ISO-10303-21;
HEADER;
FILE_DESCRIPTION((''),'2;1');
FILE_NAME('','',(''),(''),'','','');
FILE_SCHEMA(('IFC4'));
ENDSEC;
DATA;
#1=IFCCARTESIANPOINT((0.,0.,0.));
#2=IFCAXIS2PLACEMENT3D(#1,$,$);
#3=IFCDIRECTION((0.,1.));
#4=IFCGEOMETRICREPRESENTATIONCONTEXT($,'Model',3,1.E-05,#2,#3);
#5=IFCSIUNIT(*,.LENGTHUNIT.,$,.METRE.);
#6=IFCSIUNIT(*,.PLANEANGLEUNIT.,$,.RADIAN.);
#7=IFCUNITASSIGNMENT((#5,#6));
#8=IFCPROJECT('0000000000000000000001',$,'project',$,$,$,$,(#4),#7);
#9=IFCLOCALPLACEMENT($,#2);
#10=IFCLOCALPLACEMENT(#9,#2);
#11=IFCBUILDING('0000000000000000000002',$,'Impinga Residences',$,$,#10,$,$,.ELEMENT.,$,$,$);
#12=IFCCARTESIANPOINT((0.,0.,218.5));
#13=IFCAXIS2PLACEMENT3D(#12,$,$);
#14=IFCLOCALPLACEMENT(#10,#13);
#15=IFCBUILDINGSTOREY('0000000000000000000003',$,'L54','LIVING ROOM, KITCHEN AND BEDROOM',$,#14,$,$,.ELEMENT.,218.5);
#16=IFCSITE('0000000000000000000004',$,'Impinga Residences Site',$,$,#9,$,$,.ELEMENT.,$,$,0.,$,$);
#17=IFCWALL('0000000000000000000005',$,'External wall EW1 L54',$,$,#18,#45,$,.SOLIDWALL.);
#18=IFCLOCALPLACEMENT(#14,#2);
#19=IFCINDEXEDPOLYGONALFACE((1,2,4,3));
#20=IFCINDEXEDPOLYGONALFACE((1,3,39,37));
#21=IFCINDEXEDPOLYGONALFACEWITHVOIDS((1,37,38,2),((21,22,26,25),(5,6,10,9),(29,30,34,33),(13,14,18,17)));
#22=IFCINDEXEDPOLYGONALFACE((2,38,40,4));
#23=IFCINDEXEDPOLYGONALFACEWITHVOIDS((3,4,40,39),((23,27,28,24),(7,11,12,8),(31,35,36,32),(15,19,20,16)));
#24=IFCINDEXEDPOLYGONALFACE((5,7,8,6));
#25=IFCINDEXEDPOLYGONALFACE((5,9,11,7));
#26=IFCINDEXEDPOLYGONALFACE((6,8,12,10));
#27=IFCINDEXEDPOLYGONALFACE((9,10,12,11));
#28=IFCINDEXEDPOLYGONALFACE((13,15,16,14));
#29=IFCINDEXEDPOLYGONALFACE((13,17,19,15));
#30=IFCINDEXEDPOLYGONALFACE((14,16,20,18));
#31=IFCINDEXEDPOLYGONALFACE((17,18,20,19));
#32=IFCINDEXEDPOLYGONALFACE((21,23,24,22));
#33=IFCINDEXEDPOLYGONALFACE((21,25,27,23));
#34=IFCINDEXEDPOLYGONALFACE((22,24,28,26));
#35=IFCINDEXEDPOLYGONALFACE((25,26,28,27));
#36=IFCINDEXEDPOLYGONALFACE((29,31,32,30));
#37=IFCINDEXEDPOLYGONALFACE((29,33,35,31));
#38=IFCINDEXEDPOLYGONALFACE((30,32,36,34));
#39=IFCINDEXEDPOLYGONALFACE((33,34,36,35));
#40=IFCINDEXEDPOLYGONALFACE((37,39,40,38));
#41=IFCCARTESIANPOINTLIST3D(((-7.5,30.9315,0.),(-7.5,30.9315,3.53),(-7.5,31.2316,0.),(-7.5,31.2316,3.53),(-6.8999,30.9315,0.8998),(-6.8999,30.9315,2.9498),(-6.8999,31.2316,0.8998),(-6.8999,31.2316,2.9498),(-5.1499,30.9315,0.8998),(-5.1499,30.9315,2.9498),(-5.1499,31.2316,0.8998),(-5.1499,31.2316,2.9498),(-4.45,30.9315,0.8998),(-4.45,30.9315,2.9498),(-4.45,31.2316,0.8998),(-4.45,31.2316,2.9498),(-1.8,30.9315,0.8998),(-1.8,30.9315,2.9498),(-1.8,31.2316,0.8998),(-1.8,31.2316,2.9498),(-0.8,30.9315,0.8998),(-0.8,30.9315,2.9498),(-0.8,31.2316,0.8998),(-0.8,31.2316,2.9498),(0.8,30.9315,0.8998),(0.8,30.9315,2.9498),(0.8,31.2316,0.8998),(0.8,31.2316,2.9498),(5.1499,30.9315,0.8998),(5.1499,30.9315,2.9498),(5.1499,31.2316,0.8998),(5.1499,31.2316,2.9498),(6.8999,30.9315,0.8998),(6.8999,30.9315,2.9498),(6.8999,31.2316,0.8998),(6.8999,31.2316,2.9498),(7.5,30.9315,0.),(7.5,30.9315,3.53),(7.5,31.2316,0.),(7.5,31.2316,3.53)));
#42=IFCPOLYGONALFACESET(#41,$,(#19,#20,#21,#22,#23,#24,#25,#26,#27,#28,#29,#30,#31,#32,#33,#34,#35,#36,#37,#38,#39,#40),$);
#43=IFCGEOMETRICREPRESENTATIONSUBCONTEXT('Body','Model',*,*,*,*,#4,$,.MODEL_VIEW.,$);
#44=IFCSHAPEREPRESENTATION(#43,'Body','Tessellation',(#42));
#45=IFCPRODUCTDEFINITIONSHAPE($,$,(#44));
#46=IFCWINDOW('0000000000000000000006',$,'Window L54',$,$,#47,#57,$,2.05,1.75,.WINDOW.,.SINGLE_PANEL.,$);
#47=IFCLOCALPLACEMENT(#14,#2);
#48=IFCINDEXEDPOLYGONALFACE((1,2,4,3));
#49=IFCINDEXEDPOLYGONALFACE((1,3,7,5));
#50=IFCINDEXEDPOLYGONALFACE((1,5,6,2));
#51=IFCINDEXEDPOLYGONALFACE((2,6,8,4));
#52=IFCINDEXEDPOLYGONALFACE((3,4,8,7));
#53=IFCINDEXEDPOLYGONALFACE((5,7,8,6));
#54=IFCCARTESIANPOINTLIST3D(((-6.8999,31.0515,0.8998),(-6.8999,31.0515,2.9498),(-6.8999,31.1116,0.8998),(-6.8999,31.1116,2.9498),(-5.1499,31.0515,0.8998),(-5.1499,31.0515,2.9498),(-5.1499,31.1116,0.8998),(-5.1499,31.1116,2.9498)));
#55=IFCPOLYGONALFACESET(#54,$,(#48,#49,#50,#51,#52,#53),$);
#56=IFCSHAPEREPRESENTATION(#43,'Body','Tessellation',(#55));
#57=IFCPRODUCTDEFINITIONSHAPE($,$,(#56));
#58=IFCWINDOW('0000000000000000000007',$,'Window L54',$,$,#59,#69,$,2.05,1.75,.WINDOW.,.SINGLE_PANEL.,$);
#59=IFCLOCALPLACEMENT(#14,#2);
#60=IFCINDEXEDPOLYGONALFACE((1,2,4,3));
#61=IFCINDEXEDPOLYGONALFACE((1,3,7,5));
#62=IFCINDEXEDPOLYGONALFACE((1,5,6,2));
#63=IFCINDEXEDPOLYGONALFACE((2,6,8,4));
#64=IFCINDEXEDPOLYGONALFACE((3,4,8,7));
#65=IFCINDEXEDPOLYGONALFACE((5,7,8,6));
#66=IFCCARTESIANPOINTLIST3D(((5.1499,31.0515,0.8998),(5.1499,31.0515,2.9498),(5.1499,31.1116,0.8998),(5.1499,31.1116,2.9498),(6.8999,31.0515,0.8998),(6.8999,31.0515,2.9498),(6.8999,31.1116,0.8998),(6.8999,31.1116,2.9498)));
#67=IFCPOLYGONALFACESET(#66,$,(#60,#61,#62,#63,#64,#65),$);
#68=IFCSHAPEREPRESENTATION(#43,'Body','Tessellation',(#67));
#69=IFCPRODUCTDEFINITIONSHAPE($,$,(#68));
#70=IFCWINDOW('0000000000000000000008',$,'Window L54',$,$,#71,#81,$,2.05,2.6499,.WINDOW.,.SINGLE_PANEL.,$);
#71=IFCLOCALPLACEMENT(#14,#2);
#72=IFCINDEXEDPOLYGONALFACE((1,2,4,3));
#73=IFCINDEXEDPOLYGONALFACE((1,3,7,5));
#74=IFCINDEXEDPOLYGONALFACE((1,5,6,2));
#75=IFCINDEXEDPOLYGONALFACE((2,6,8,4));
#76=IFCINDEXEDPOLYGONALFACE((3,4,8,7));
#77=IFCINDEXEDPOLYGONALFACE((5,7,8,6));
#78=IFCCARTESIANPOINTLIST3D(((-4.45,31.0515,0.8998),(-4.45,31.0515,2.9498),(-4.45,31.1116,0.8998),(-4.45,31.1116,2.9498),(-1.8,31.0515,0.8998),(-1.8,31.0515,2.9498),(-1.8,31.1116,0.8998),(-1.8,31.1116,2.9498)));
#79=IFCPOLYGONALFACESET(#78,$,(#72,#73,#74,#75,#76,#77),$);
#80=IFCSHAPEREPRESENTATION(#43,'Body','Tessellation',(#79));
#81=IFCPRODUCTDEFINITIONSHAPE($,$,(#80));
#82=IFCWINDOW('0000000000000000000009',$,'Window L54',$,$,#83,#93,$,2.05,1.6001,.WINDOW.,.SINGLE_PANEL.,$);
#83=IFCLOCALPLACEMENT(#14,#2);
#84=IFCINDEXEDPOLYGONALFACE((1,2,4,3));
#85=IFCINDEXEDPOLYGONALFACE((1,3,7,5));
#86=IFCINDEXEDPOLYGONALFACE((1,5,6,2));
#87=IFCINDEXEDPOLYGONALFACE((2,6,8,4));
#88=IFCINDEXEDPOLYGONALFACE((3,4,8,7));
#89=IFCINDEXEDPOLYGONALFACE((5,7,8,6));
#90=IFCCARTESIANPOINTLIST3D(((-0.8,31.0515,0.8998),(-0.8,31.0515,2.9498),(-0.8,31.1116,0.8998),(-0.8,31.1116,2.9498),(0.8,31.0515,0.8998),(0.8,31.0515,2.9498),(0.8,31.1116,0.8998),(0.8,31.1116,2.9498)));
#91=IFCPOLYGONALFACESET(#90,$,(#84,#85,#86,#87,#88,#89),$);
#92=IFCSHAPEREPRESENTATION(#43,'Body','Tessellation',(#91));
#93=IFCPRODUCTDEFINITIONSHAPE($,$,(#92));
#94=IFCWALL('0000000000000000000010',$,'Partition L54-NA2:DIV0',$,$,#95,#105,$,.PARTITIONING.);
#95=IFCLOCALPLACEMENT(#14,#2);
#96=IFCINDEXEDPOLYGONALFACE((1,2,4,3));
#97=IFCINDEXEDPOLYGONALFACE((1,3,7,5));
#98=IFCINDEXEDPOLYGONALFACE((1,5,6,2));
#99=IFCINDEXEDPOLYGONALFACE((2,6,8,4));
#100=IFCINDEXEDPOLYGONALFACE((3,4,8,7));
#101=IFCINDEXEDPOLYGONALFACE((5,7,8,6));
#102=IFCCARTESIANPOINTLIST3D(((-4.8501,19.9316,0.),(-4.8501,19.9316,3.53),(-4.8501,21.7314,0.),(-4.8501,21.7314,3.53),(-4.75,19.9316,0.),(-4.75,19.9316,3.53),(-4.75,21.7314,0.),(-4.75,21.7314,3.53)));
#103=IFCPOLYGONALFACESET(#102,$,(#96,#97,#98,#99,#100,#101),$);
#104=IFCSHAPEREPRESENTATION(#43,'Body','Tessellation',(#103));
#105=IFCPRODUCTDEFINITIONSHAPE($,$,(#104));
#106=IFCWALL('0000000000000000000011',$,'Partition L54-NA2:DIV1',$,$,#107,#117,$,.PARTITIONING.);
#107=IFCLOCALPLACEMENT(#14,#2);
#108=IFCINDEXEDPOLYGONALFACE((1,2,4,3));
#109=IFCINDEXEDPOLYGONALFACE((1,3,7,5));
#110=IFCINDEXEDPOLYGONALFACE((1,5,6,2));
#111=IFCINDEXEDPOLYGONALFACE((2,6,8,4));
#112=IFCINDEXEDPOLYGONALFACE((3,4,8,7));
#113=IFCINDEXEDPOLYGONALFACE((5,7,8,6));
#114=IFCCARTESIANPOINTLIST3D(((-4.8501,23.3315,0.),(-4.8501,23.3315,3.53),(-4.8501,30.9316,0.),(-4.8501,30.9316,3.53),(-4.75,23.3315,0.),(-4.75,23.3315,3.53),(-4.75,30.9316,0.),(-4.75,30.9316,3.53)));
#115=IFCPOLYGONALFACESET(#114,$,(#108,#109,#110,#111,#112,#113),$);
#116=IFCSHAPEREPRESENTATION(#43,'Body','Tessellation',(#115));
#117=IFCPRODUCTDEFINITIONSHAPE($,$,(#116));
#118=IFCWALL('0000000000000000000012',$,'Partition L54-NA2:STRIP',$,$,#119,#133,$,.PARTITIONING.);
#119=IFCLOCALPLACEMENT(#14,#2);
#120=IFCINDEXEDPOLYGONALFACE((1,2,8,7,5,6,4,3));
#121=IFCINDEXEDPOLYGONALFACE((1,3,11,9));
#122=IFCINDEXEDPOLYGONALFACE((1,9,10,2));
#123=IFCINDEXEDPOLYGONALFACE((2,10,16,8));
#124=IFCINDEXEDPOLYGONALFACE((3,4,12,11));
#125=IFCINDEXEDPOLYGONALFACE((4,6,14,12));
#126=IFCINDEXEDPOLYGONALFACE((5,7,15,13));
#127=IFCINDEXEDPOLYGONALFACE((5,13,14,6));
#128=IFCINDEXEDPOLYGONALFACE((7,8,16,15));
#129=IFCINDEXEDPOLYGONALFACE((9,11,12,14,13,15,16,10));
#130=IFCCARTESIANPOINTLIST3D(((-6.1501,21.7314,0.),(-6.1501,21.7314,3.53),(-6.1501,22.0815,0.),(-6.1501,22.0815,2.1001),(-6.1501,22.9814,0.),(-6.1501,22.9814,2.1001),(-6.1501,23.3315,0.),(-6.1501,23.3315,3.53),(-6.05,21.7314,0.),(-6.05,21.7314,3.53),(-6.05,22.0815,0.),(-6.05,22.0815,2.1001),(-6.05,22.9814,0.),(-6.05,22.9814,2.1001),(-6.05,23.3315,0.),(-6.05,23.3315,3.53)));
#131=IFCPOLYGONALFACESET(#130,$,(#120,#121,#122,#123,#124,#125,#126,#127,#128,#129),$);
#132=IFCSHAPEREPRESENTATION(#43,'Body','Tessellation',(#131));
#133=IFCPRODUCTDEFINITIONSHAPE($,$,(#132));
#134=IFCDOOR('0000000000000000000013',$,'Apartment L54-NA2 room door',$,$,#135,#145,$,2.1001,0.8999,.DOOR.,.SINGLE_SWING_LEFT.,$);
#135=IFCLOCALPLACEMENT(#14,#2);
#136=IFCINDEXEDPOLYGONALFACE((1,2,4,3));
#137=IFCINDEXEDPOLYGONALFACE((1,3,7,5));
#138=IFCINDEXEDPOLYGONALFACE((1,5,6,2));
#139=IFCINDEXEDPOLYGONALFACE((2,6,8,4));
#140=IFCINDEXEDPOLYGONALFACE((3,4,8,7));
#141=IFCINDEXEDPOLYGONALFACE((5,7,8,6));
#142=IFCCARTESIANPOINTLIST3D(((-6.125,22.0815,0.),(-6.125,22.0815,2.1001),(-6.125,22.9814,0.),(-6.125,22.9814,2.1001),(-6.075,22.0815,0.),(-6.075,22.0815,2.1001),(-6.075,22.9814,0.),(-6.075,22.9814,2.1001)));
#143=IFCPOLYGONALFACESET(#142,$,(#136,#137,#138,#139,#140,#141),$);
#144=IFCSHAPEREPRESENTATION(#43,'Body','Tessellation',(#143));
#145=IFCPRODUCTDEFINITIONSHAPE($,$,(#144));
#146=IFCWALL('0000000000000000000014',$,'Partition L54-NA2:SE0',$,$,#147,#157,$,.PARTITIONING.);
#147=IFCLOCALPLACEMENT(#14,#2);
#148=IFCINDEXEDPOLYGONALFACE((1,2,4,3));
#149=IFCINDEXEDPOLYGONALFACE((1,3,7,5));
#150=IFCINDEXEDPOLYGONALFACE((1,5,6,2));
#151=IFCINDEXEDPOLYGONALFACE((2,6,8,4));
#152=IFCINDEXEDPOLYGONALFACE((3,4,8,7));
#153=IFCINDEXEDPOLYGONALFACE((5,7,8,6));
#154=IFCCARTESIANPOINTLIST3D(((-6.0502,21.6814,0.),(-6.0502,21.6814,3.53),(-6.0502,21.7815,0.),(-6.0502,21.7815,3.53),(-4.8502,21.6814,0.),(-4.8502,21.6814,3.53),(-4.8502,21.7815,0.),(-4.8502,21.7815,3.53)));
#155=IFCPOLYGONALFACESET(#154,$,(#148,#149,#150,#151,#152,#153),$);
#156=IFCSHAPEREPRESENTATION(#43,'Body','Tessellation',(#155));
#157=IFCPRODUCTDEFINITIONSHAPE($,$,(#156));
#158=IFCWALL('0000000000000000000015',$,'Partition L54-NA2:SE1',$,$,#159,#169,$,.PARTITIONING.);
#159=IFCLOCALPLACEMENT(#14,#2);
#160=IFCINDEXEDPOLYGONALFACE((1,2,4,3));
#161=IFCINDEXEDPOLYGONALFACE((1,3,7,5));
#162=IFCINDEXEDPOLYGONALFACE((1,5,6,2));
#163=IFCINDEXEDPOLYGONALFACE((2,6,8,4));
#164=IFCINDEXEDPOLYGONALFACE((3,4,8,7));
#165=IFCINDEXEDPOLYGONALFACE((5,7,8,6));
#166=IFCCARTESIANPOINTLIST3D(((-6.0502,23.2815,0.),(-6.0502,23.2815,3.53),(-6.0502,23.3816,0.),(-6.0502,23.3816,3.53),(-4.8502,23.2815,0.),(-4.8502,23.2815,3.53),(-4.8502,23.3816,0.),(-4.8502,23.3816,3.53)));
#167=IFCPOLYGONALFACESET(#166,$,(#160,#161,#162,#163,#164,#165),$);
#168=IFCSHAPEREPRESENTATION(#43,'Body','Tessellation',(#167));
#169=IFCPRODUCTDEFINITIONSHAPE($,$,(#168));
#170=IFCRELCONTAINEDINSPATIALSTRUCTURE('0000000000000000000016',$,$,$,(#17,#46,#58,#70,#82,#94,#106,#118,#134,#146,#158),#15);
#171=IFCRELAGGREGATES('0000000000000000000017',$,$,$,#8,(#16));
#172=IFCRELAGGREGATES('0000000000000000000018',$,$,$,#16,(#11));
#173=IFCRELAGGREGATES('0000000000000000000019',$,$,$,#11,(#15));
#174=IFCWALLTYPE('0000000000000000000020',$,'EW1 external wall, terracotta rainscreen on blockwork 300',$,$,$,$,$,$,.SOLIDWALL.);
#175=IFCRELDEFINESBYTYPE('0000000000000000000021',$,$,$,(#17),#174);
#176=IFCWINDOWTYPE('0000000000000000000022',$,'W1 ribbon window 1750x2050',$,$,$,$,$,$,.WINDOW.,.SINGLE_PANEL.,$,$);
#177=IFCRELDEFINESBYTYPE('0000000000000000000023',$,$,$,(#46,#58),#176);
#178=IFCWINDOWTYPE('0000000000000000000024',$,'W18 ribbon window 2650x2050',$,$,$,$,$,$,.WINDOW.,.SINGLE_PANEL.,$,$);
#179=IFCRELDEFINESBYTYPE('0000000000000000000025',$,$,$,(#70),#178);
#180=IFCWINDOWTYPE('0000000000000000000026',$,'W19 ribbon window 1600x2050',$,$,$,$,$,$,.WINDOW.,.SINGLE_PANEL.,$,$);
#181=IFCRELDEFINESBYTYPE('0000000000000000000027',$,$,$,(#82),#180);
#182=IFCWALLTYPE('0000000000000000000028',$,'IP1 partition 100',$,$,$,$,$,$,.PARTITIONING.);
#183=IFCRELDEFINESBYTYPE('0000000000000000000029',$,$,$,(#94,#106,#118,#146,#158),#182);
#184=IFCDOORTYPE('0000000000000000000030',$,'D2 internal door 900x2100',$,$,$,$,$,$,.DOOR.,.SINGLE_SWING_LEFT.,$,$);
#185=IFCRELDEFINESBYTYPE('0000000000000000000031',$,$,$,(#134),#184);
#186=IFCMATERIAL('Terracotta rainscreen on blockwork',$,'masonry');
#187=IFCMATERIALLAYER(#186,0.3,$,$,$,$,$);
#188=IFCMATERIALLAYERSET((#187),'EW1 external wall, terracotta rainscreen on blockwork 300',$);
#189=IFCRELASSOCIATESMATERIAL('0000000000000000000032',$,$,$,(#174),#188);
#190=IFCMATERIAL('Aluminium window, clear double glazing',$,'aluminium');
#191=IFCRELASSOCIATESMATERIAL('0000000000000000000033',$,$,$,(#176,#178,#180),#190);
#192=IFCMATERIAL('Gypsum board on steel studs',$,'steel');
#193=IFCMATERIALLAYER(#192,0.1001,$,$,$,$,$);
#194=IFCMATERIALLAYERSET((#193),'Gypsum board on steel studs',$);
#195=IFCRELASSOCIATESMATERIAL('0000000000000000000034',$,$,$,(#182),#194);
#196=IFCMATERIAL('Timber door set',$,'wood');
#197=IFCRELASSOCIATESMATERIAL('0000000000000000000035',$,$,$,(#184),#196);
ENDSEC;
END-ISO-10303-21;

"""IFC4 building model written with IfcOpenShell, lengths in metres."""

from ifc_helpers import new_model, si_unit, direction, frame, frame_2d, origin, place, context, subcontext, project, spatial, rectangle, extrude, material, layer, layer_set, type_object, element, fill, save


model = new_model("IFC4")

# Units and contexts
model_context = context("Model", 3, precision=1e-05, world=origin(), true_north=direction((0.0, 1.0)))
body_context = subcontext(model_context, "Body", "Model", "MODEL_VIEW")
ifc_project = project(units=[si_unit("LENGTHUNIT", "METRE"), si_unit("PLANEANGLEUNIT", "RADIAN")], contexts=[model_context])

# Site, building, storey
site_placement = place(None, origin())
site = spatial("IfcSite", under=ifc_project, at=site_placement, Name="Impinga Residences Site", CompositionType="ELEMENT", RefElevation=0.0)
building_placement = place(site_placement, origin())
building = spatial("IfcBuilding", under=site, at=building_placement, Name="Impinga Residences", CompositionType="ELEMENT")
storey_placement = place(building_placement, frame((0.0, 0.0, 218.5)))
storey = spatial("IfcBuildingStorey", under=building, at=storey_placement, Name="L54", Description="LIVING ROOM, KITCHEN AND BEDROOM", CompositionType="ELEMENT", Elevation=218.5)

# Shared definitions
ifc_material_1 = material(Name="Timber door set", Category="wood")

# Shared definitions
ifc_material_2 = material(Name="Terracotta rainscreen on blockwork", Category="masonry")
ifc_layer_1 = layer(ifc_material_2, 0.3)
ifc_layer_set_1 = layer_set([ifc_layer_1], Name="EW1 external wall, terracotta rainscreen on blockwork 300")
wall_type_1 = type_object("IfcWallType", Name="EW1 external wall, terracotta rainscreen on blockwork 300", PredefinedType="SOLIDWALL", material=ifc_layer_set_1)

# Wall, openings, windows
wall_1_placement = place(storey_placement, frame((-7.5, 31.0815, 0.0), z_axis=(0.0, 0.0, 1.0), x_axis=(1.0, 0.0, 0.0)))
wall_1 = element("IfcWall", 1, at=wall_1_placement, inside=storey, type_object=wall_type_1, Name="External wall EW1 L54", PredefinedType="SOLIDWALL", context=body_context, shape_type="SweptSolid", body=[
    extrude(rectangle(XDim=15.0, YDim=0.3, at=frame_2d((7.5, 0.0))), origin(), (0.0, 0.0, 1.0), 3.53),
])
opening_1_placement = place(wall_1_placement, frame((0.6001, 0.0, 0.8999)))
opening_1 = element("IfcOpeningElement", 2, at=opening_1_placement, cuts=wall_1, PredefinedType="OPENING", context=body_context, shape_type="SweptSolid", body=[
    extrude(rectangle(XDim=1.75, YDim=2.05, at=frame_2d((0.875, 1.0249))), frame((0.0, 0.1599, 0.0), z_axis=(0.0, -1.0, 0.0), x_axis=(1.0, 0.0, 0.0)), (0.0, 0.0, 1.0), 0.3201),
])
opening_2_placement = place(wall_1_placement, frame((3.05, 0.0, 0.8999)))
opening_2 = element("IfcOpeningElement", 3, at=opening_2_placement, cuts=wall_1, PredefinedType="OPENING", context=body_context, shape_type="SweptSolid", body=[
    extrude(rectangle(XDim=2.6499, YDim=2.05, at=frame_2d((1.325, 1.0249))), frame((0.0, 0.1599, 0.0), z_axis=(0.0, -1.0, 0.0), x_axis=(1.0, 0.0, 0.0)), (0.0, 0.0, 1.0), 0.3201),
])
opening_3_placement = place(wall_1_placement, frame((6.7, 0.0, 0.8999)))
opening_3 = element("IfcOpeningElement", 4, at=opening_3_placement, cuts=wall_1, PredefinedType="OPENING", context=body_context, shape_type="SweptSolid", body=[
    extrude(rectangle(XDim=1.6001, YDim=2.05, at=frame_2d((0.8, 1.0249))), frame((0.0, 0.1599, 0.0), z_axis=(0.0, -1.0, 0.0), x_axis=(1.0, 0.0, 0.0)), (0.0, 0.0, 1.0), 0.3201),
])
opening_4_placement = place(wall_1_placement, frame((12.6499, 0.0, 0.8999)))
opening_4 = element("IfcOpeningElement", 5, at=opening_4_placement, cuts=wall_1, PredefinedType="OPENING", context=body_context, shape_type="SweptSolid", body=[
    extrude(rectangle(XDim=1.75, YDim=2.05, at=frame_2d((0.875, 1.0249))), frame((0.0, 0.1599, 0.0), z_axis=(0.0, -1.0, 0.0), x_axis=(1.0, 0.0, 0.0)), (0.0, 0.0, 1.0), 0.3201),
])
ifc_material_3 = material(Name="Aluminium window, clear double glazing", Category="aluminium")
window_type_1 = type_object("IfcWindowType", Name="W1 ribbon window 1750x2050", PartitioningType="SINGLE_PANEL", PredefinedType="WINDOW", material=ifc_material_3)
window_1_placement = place(opening_1_placement, origin())
window_1 = element("IfcWindow", 6, at=window_1_placement, inside=storey, type_object=window_type_1, Name="Window L54", OverallHeight=2.05, OverallWidth=1.75, PartitioningType="SINGLE_PANEL", PredefinedType="WINDOW", context=body_context, shape_type="SweptSolid", body=[
    extrude(rectangle(XDim=1.75, YDim=2.05, at=frame_2d((0.875, 1.0249))), frame((0.0, 0.03, 0.0), z_axis=(0.0, -1.0, 0.0), x_axis=(1.0, 0.0, 0.0)), (0.0, 0.0, 1.0), 0.0601),
])
fill(opening_1, window_1)
window_2_placement = place(opening_4_placement, origin())
window_2 = element("IfcWindow", 7, at=window_2_placement, inside=storey, type_object=window_type_1, Name="Window L54", OverallHeight=2.05, OverallWidth=1.75, PartitioningType="SINGLE_PANEL", PredefinedType="WINDOW", context=body_context, shape_type="SweptSolid", body=[
    extrude(rectangle(XDim=1.75, YDim=2.05, at=frame_2d((0.875, 1.0249))), frame((0.0, 0.03, 0.0), z_axis=(0.0, -1.0, 0.0), x_axis=(1.0, 0.0, 0.0)), (0.0, 0.0, 1.0), 0.0601),
])
fill(opening_4, window_2)
window_type_2 = type_object("IfcWindowType", Name="W18 ribbon window 2650x2050", PartitioningType="SINGLE_PANEL", PredefinedType="WINDOW", material=ifc_material_3)
window_3_placement = place(opening_2_placement, origin())
window_3 = element("IfcWindow", 8, at=window_3_placement, inside=storey, type_object=window_type_2, Name="Window L54", OverallHeight=2.05, OverallWidth=2.6499, PartitioningType="SINGLE_PANEL", PredefinedType="WINDOW", context=body_context, shape_type="SweptSolid", body=[
    extrude(rectangle(XDim=2.6499, YDim=2.05, at=frame_2d((1.325, 1.0249))), frame((0.0, 0.03, 0.0), z_axis=(0.0, -1.0, 0.0), x_axis=(1.0, 0.0, 0.0)), (0.0, 0.0, 1.0), 0.0601),
])
fill(opening_2, window_3)
window_type_3 = type_object("IfcWindowType", Name="W19 ribbon window 1600x2050", PartitioningType="SINGLE_PANEL", PredefinedType="WINDOW", material=ifc_material_3)
window_4_placement = place(opening_3_placement, origin())
window_4 = element("IfcWindow", 9, at=window_4_placement, inside=storey, type_object=window_type_3, Name="Window L54", OverallHeight=2.05, OverallWidth=1.6001, PartitioningType="SINGLE_PANEL", PredefinedType="WINDOW", context=body_context, shape_type="SweptSolid", body=[
    extrude(rectangle(XDim=1.6001, YDim=2.05, at=frame_2d((0.8, 1.0249))), frame((0.0, 0.03, 0.0), z_axis=(0.0, -1.0, 0.0), x_axis=(1.0, 0.0, 0.0)), (0.0, 0.0, 1.0), 0.0601),
])
fill(opening_3, window_4)

# Walls
ifc_material_4 = material(Name="Gypsum board on steel studs", Category="steel")
ifc_layer_2 = layer(ifc_material_4, 0.1001)
ifc_layer_set_2 = layer_set([ifc_layer_2], Name="Gypsum board on steel studs")
wall_type_2 = type_object("IfcWallType", Name="IP1 partition 100", PredefinedType="PARTITIONING", material=ifc_layer_set_2)
wall_2_placement = place(storey_placement, frame((-4.8, 19.9316, 0.0), z_axis=(0.0, 0.0, 1.0), x_axis=(0.0, 1.0, 0.0)))
element("IfcWall", 10, at=wall_2_placement, inside=storey, type_object=wall_type_2, Name="Partition L54-NA2:DIV0", PredefinedType="PARTITIONING", context=body_context, shape_type="SweptSolid", body=[
    extrude(rectangle(XDim=1.7998, YDim=0.1001, at=frame_2d((0.8999, 0.0))), origin(), (0.0, 0.0, 1.0), 3.53),
])
wall_3_placement = place(storey_placement, frame((-4.8, 23.3315, 0.0), z_axis=(0.0, 0.0, 1.0), x_axis=(0.0, 1.0, 0.0)))
element("IfcWall", 11, at=wall_3_placement, inside=storey, type_object=wall_type_2, Name="Partition L54-NA2:DIV1", PredefinedType="PARTITIONING", context=body_context, shape_type="SweptSolid", body=[
    extrude(rectangle(XDim=7.6001, YDim=0.1001, at=frame_2d((3.8, 0.0))), origin(), (0.0, 0.0, 1.0), 3.53),
])

# Wall, opening, door
wall_4_placement = place(storey_placement, frame((-6.1001, 21.7314, 0.0), z_axis=(0.0, 0.0, 1.0), x_axis=(0.0, 1.0, 0.0)))
wall_4 = element("IfcWall", 12, at=wall_4_placement, inside=storey, type_object=wall_type_2, Name="Partition L54-NA2:STRIP", PredefinedType="PARTITIONING", context=body_context, shape_type="SweptSolid", body=[
    extrude(rectangle(XDim=1.6001, YDim=0.1001, at=frame_2d((0.8, 0.0))), origin(), (0.0, 0.0, 1.0), 3.53),
])
opening_5_placement = place(wall_4_placement, frame((0.3501, 0.0, 0.0)))
opening_5 = element("IfcOpeningElement", 13, at=opening_5_placement, cuts=wall_4, PredefinedType="OPENING", context=body_context, shape_type="SweptSolid", body=[
    extrude(rectangle(XDim=0.8999, YDim=2.1001, at=frame_2d((0.45, 1.05))), frame((0.0, 0.0601, 0.0), z_axis=(0.0, -1.0, 0.0), x_axis=(1.0, 0.0, 0.0)), (0.0, 0.0, 1.0), 0.1201),
])
door_type_1 = type_object("IfcDoorType", Name="D2 internal door 900x2100", OperationType="SINGLE_SWING_LEFT", PredefinedType="DOOR", material=ifc_material_1)
door_1_placement = place(opening_5_placement, origin())
door_1 = element("IfcDoor", 14, at=door_1_placement, inside=storey, type_object=door_type_1, Name="Apartment L54-NA2 room door", OperationType="SINGLE_SWING_LEFT", OverallHeight=2.1001, OverallWidth=0.8999, PredefinedType="DOOR", context=body_context, shape_type="SweptSolid", body=[
    extrude(rectangle(XDim=0.8999, YDim=2.1001, at=frame_2d((0.45, 1.05))), frame((0.0, 0.0249, 0.0), z_axis=(0.0, -1.0, 0.0), x_axis=(1.0, 0.0, 0.0)), (0.0, 0.0, 1.0), 0.05),
])
fill(opening_5, door_1)

# Walls
for number, where, z_axis, x_axis, name in (
    (15, (-4.8501, 21.7314, 0.0), (0.0, 0.0, 1.0), (-1.0, 0.0, 0.0), "Partition L54-NA2:SE0"),
    (16, (-4.8501, 23.3315, 0.0), (0.0, 0.0, 1.0), (-1.0, 0.0, 0.0), "Partition L54-NA2:SE1"),
):
    element("IfcWall", number, at=place(storey_placement, frame(where, z_axis=z_axis, x_axis=x_axis)), inside=storey, type_object=wall_type_2, Name=name, PredefinedType="PARTITIONING", context=body_context, shape_type="SweptSolid", body=[
        extrude(rectangle(XDim=1.2, YDim=0.1001, at=frame_2d((0.6001, 0.0))), origin(), (0.0, 0.0, 1.0), 3.53),
    ])

save(model, "model.ifc")
